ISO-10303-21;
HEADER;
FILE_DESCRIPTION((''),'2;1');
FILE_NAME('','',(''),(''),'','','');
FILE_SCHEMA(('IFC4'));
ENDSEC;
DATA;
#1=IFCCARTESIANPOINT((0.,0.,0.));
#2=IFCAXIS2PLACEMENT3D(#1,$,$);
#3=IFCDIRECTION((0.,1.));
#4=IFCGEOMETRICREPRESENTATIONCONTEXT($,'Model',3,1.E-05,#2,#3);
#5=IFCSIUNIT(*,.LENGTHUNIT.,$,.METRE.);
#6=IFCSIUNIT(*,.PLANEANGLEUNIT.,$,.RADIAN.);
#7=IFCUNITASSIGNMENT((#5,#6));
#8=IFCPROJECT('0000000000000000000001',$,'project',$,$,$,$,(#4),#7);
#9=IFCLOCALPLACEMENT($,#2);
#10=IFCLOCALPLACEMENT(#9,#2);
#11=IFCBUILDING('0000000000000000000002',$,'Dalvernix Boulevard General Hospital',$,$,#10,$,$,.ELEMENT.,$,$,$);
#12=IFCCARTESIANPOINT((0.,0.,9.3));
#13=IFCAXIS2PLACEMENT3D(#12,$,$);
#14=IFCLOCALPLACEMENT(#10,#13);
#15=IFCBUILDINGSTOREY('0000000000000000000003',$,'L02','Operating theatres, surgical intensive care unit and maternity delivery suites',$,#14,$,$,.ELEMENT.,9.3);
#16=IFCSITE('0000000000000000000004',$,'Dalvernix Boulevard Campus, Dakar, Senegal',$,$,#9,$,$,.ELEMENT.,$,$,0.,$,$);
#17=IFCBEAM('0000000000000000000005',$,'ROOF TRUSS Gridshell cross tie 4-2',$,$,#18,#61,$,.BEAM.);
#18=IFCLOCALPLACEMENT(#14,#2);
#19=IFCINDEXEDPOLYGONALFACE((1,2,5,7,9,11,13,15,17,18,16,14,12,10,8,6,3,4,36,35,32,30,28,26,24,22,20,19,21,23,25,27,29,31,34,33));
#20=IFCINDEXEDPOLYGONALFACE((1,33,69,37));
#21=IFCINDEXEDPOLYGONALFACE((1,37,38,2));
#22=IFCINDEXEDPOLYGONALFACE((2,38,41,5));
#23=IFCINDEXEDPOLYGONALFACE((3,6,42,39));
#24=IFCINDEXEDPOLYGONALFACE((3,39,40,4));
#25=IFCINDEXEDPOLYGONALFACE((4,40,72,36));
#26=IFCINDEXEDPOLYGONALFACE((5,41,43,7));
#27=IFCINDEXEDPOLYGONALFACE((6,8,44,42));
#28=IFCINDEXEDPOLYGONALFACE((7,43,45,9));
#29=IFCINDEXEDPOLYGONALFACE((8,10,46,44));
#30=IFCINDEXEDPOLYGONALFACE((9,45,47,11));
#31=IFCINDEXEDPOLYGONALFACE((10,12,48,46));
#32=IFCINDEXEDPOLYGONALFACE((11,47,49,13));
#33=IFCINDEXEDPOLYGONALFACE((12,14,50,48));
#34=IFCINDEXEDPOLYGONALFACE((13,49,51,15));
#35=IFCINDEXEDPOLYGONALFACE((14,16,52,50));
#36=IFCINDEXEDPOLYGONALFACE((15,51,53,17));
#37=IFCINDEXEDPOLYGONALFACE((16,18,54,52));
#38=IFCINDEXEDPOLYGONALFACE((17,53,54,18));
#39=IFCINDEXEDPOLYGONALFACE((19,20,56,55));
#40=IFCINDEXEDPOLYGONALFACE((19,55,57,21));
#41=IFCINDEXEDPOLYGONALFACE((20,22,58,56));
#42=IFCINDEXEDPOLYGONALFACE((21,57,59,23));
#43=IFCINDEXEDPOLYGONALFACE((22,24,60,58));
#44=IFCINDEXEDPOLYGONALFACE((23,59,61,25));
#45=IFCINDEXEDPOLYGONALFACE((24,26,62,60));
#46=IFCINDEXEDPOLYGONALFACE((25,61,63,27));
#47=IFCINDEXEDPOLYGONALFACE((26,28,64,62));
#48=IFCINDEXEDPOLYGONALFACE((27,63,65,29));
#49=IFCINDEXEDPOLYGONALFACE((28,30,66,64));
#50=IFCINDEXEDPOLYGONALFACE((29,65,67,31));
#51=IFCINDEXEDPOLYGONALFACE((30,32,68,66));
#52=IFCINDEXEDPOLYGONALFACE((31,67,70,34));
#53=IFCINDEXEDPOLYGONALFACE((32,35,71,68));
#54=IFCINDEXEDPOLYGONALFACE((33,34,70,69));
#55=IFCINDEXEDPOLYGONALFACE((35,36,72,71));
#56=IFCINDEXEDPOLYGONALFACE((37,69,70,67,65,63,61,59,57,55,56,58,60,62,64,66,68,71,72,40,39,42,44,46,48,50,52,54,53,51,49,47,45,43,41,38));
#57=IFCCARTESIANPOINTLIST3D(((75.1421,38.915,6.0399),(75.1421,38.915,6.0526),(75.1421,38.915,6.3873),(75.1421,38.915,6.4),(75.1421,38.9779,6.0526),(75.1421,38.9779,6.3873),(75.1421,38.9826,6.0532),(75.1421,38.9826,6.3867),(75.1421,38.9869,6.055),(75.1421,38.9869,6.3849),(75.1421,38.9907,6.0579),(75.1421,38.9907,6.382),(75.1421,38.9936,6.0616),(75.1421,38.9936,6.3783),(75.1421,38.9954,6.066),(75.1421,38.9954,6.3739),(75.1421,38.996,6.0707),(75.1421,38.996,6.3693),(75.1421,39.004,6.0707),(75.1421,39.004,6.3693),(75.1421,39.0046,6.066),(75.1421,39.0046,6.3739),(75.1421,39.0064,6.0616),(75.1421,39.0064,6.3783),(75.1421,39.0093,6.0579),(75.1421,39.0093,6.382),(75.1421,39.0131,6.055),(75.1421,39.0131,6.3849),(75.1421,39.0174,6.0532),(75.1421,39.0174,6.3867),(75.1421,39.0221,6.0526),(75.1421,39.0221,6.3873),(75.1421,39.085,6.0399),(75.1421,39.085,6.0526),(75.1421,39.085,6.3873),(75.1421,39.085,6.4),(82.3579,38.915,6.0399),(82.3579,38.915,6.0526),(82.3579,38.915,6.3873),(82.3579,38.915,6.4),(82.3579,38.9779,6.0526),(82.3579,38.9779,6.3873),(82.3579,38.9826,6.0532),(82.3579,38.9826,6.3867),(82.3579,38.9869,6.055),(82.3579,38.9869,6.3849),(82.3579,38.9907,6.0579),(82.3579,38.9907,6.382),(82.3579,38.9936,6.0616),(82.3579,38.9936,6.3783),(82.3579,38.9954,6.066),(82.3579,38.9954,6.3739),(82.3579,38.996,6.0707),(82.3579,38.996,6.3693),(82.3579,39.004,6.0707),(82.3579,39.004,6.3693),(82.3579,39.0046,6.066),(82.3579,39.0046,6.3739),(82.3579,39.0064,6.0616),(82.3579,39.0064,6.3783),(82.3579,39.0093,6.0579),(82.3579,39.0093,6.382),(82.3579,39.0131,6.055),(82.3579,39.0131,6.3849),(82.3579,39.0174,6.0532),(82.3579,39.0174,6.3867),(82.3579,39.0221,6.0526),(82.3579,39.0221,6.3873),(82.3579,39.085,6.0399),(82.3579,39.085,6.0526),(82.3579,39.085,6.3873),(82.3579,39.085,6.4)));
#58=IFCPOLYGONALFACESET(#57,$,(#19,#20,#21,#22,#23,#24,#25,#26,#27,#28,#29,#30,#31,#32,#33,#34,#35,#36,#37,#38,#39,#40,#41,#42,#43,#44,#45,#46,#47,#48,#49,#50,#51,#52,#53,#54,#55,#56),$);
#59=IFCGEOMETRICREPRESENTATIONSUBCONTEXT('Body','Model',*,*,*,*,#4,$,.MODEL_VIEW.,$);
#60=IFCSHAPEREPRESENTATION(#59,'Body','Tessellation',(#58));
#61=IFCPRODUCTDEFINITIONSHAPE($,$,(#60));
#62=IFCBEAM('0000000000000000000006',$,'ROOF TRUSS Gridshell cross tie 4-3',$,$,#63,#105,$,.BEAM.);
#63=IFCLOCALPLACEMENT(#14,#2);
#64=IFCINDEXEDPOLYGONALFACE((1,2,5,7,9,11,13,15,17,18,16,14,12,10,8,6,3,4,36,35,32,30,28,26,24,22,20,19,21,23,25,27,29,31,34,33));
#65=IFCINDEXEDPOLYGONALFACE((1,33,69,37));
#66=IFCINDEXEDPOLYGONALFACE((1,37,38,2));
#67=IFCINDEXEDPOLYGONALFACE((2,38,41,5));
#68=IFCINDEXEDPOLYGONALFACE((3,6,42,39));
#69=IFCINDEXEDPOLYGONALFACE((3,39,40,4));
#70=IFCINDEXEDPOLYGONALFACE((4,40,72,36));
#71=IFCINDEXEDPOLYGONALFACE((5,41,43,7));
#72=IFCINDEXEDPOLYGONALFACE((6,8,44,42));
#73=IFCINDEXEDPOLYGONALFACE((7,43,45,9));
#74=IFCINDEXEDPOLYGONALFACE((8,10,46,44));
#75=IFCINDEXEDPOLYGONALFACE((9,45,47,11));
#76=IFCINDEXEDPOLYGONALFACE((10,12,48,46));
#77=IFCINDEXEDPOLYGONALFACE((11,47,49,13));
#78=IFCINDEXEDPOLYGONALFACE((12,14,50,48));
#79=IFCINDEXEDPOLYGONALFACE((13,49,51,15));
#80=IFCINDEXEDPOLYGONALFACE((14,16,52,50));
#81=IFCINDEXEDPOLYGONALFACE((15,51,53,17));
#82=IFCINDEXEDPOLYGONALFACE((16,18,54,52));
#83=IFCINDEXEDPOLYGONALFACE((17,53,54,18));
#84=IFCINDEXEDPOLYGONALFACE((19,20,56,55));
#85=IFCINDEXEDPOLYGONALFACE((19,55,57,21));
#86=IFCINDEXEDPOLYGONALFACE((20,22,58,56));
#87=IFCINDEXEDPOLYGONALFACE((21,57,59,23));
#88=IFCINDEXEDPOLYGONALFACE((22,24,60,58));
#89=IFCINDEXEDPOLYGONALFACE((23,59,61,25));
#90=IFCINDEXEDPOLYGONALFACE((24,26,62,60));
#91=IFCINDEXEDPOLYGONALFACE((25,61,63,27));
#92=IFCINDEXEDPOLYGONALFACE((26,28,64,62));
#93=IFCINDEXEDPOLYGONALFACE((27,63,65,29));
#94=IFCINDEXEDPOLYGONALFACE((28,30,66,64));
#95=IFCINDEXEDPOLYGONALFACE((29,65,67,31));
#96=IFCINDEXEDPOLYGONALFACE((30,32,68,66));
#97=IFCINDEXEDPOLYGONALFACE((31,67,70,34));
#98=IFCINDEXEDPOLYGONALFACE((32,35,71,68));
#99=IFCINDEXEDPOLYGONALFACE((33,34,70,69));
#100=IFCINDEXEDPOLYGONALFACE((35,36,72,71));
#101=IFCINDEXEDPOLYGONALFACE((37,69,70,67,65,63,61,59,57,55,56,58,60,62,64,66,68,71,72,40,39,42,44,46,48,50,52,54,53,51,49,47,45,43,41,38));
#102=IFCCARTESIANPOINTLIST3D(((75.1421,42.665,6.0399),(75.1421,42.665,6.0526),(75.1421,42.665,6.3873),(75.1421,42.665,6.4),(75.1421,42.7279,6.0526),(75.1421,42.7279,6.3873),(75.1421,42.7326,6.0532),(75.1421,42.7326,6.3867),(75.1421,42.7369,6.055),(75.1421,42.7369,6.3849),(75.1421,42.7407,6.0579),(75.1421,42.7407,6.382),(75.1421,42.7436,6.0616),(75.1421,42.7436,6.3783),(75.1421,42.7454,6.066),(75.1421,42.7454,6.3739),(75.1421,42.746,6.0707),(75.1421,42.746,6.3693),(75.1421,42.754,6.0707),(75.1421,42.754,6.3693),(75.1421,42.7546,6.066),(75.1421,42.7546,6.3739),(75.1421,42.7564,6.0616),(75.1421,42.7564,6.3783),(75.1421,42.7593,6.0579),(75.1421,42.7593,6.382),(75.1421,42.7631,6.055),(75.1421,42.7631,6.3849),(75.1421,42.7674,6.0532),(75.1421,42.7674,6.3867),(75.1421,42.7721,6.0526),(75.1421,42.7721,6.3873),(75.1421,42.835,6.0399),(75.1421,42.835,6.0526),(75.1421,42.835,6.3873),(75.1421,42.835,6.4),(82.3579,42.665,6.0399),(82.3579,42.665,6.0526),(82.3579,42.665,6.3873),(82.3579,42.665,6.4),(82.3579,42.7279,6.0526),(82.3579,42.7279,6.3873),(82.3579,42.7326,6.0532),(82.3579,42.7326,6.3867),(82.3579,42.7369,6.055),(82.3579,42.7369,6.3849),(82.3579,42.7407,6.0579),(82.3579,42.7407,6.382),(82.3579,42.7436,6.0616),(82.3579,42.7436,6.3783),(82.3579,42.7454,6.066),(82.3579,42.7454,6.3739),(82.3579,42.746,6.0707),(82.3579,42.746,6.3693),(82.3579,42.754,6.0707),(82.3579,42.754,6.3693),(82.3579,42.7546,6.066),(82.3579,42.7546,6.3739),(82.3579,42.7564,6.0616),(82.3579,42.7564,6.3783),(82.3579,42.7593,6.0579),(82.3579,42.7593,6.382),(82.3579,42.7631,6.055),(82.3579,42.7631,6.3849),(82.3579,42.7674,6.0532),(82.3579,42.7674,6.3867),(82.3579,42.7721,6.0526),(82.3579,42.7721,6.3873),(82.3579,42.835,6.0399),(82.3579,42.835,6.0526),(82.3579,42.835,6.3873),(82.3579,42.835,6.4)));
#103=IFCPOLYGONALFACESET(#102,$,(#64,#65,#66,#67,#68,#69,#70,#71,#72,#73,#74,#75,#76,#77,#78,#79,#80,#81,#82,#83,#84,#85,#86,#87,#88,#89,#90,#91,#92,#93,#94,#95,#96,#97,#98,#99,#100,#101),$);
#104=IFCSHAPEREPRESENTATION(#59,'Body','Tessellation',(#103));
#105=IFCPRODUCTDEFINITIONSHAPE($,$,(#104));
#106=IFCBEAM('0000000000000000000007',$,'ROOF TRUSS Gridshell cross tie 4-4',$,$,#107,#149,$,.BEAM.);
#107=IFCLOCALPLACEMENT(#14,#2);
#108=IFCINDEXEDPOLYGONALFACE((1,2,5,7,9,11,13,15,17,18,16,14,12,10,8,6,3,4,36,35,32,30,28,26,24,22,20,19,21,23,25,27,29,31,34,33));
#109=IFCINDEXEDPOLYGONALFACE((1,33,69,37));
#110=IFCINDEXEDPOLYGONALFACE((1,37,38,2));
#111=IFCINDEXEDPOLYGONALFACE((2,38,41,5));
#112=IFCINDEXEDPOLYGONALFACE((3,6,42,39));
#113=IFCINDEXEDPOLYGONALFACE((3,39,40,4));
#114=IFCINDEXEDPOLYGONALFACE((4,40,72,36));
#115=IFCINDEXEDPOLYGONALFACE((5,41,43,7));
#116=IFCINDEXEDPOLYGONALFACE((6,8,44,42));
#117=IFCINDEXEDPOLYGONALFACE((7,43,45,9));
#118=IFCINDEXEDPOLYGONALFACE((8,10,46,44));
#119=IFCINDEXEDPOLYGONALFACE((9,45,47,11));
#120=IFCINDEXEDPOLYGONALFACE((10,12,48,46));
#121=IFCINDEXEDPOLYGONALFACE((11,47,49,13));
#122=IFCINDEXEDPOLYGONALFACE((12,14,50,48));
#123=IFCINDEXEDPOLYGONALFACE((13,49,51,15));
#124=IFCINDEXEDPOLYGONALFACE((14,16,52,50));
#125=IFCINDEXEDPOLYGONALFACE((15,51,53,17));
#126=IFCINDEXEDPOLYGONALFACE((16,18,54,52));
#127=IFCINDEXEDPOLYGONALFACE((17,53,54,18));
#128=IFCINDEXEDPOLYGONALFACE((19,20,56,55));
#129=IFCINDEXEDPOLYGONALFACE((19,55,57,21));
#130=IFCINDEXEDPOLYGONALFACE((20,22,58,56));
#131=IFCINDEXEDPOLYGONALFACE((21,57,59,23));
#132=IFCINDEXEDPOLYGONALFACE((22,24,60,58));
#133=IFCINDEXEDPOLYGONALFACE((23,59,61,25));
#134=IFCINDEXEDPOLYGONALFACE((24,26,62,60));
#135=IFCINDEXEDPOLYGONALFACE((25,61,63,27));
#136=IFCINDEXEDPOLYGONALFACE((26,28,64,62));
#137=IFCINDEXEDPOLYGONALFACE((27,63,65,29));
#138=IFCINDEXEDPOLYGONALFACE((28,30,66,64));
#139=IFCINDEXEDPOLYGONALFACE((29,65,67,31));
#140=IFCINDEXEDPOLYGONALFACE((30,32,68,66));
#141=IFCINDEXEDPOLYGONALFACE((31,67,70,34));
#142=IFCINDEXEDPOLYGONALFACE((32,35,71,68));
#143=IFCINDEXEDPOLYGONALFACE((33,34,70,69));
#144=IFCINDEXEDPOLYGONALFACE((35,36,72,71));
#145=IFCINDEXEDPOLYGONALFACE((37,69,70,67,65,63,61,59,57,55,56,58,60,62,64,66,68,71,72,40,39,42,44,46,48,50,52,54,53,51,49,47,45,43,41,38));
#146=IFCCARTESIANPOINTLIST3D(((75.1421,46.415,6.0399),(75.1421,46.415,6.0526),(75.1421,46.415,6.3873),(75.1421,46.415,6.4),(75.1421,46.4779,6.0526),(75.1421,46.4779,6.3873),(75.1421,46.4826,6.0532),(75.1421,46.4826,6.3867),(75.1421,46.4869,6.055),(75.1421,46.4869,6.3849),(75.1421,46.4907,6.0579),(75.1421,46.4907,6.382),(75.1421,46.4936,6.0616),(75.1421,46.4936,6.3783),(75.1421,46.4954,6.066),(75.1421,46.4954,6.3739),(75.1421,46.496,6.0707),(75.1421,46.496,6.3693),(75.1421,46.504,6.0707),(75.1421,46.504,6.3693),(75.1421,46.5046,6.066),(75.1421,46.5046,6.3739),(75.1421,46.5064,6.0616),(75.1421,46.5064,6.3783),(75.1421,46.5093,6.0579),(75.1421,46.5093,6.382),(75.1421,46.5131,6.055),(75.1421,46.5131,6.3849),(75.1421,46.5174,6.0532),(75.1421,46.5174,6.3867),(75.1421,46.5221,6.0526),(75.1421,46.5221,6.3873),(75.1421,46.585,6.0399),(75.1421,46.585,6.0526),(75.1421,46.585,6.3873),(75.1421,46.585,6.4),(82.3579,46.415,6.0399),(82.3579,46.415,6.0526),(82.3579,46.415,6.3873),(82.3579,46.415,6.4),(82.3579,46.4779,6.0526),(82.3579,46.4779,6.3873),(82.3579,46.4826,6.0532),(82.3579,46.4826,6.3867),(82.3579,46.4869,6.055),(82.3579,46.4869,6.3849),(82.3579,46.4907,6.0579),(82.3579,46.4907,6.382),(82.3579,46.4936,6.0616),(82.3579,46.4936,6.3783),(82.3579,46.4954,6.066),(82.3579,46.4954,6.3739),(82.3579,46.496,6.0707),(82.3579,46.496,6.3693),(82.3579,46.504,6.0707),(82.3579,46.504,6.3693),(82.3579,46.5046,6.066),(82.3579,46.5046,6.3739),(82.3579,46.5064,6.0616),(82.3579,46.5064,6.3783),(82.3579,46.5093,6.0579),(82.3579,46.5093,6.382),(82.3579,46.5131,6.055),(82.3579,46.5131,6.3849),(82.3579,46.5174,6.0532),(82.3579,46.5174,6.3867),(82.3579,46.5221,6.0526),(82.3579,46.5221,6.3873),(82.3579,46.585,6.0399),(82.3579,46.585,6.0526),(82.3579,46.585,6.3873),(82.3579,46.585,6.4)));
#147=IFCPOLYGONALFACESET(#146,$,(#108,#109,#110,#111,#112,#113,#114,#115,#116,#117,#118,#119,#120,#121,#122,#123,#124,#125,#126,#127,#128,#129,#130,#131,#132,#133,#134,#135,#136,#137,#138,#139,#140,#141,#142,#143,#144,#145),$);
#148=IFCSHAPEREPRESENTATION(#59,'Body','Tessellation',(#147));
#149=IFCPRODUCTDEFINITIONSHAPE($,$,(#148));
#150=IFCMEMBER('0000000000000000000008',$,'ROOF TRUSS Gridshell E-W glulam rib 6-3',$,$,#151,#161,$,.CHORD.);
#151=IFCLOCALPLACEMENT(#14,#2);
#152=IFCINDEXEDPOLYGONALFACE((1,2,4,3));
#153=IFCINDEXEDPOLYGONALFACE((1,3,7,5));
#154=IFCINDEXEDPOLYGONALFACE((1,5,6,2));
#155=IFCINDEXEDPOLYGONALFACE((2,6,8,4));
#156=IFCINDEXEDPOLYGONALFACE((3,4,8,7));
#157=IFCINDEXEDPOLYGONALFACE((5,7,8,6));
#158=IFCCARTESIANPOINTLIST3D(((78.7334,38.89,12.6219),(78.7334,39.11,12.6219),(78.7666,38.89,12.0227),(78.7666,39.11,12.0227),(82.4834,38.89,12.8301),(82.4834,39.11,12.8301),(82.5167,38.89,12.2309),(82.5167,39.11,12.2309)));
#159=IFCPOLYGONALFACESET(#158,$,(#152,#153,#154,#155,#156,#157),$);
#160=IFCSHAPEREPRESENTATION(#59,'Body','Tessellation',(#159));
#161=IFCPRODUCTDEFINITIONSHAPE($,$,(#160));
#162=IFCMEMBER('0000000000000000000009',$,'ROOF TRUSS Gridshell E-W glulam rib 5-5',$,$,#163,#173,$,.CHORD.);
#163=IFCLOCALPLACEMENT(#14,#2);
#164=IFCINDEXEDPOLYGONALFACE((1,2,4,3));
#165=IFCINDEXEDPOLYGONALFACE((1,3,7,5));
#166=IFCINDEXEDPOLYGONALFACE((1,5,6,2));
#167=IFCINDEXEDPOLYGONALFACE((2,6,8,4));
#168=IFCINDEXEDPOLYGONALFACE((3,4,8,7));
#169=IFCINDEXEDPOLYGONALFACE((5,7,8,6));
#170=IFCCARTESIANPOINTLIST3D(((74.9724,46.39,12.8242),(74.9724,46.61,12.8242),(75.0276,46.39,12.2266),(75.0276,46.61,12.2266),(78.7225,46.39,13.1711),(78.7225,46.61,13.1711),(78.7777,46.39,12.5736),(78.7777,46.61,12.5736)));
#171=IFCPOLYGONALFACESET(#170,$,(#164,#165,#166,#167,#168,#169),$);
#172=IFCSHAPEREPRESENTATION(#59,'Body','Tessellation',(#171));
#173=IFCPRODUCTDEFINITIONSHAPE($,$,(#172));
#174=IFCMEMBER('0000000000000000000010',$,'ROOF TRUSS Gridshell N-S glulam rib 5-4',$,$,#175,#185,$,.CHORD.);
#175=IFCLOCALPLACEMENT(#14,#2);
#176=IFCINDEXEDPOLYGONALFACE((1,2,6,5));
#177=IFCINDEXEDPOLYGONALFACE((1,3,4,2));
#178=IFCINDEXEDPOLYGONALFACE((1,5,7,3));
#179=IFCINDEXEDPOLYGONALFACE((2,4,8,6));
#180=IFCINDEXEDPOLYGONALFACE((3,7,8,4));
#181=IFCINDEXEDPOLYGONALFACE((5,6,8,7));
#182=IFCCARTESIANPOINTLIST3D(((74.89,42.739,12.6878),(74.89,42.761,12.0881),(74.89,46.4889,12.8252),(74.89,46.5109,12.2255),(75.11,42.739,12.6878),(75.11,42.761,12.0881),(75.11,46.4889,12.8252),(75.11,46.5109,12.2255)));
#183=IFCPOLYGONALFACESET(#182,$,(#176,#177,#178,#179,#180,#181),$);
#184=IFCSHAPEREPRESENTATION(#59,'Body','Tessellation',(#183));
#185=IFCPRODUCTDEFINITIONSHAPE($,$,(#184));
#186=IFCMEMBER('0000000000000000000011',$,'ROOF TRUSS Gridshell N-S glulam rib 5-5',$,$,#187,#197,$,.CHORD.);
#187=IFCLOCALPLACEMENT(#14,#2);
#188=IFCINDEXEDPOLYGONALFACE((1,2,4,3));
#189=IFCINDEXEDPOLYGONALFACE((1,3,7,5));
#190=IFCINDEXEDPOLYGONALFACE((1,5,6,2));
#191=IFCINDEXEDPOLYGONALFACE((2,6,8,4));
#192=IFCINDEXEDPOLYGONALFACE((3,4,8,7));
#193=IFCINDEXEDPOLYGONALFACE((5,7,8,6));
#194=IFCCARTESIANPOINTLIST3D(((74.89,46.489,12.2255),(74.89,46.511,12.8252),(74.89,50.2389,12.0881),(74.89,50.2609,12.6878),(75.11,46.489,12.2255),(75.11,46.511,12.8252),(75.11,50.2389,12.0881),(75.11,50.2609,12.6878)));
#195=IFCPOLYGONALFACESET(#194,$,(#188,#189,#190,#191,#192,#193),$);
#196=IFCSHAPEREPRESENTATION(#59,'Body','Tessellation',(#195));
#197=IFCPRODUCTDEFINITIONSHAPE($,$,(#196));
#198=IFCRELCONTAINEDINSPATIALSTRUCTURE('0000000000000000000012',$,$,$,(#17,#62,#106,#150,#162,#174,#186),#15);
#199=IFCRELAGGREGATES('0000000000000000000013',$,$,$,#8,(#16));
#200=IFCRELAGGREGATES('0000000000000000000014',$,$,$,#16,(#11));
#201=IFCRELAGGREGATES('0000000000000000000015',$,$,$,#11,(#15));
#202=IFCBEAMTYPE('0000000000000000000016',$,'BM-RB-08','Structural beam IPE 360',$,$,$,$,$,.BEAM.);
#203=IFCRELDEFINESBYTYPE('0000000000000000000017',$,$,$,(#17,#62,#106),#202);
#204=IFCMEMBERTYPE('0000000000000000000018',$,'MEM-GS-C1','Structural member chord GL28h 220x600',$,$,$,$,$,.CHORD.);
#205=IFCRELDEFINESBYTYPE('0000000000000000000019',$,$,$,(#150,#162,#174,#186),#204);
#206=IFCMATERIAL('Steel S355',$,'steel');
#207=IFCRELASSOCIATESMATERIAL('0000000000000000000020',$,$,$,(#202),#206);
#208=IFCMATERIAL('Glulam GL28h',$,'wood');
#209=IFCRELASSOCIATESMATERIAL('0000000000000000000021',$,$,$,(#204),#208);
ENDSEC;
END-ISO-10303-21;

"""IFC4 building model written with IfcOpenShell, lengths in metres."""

from ifc_helpers import new_model, si_unit, direction, frame, origin, origin_2d, place, context, subcontext, project, spatial, rectangle, i_section, extrude, material, material_profile, profile_set, type_object, element, save


model = new_model("IFC4")

# Units and contexts
model_context = context("Model", 3, precision=1e-05, world=origin(), true_north=direction((0.0, 1.0)))
body_context = subcontext(model_context, "Body", "Model", "MODEL_VIEW")
ifc_project = project(units=[si_unit("LENGTHUNIT", "METRE"), si_unit("PLANEANGLEUNIT", "RADIAN")], contexts=[model_context])

# Site, building, storey
site_placement = place(None, origin())
site = spatial("IfcSite", under=ifc_project, at=site_placement, Name="Dalvernix Boulevard Campus, Dakar, Senegal", CompositionType="ELEMENT", RefElevation=0.0)
building_placement = place(site_placement, origin())
building = spatial("IfcBuilding", under=site, at=building_placement, Name="Dalvernix Boulevard General Hospital", CompositionType="ELEMENT")
storey_placement = place(building_placement, frame((0.0, 0.0, 9.3)))
storey = spatial("IfcBuildingStorey", under=building, at=storey_placement, Name="L02", Description="Operating theatres, surgical intensive care unit and maternity delivery suites", CompositionType="ELEMENT", Elevation=9.3)

# Beams
ifc_material_1 = material(Name="Steel S355", Category="steel")
ifc_material_profile_1 = material_profile(ifc_material_1, i_section(OverallWidth=0.1699, OverallDepth=0.3601, WebThickness=0.0081, FlangeThickness=0.0127, FilletRadius=0.0181, at=origin_2d()), Name="IPE 360")
ifc_profile_set_1 = profile_set([ifc_material_profile_1], Name="Steel S355")
beam_type = type_object("IfcBeamType", Name="BM-RB-08", Description="Structural beam IPE 360", PredefinedType="BEAM", material=ifc_profile_set_1)
for number, where, z_axis, x_axis, name in (
    (1, (75.1421, 39.0, 6.22), (1.0, 0.0, 0.0), (0.0, 1.0, 0.0), "ROOF TRUSS Gridshell cross tie 4-2"),
    (2, (75.1421, 42.75, 6.22), (1.0, 0.0, 0.0), (0.0, 1.0, 0.0), "ROOF TRUSS Gridshell cross tie 4-3"),
    (3, (75.1421, 46.5, 6.22), (1.0, 0.0, 0.0), (0.0, 1.0, 0.0), "ROOF TRUSS Gridshell cross tie 4-4"),
):
    element("IfcBeam", number, at=place(storey_placement, frame(where, z_axis=z_axis, x_axis=x_axis)), inside=storey, type_object=beam_type, Name=name, PredefinedType="BEAM", context=body_context, shape_type="SweptSolid", body=[
        extrude(i_section(OverallWidth=0.1699, OverallDepth=0.3601, WebThickness=0.0081, FlangeThickness=0.0127, FilletRadius=0.0181, at=origin_2d()), origin(), (0.0, 0.0, 1.0), 7.2158),
    ])

# Members
ifc_material_2 = material(Name="Glulam GL28h", Category="wood")
ifc_material_profile_2 = material_profile(ifc_material_2, rectangle(XDim=0.22, YDim=0.6001, at=origin_2d()), Name="GL28h 220x600")
ifc_profile_set_2 = profile_set([ifc_material_profile_2], Name="Glulam GL28h")
member_type_1 = type_object("IfcMemberType", Name="MEM-GS-C1", Description="Structural member chord GL28h 220x600", PredefinedType="CHORD", material=ifc_profile_set_2)
member_1_placement = place(storey_placement, frame((78.75, 39.0, 12.3223), z_axis=(0.998462, 0.0, 0.055448), x_axis=(0.0, 1.0, 0.0)))
element("IfcMember", 4, at=member_1_placement, inside=storey, type_object=member_type_1, Name="ROOF TRUSS Gridshell E-W glulam rib 6-3", PredefinedType="CHORD", context=body_context, shape_type="SweptSolid", body=[
    extrude(rectangle(XDim=0.22, YDim=0.6001, at=origin_2d()), origin(), (0.0, 0.0, 1.0), 3.7559),
])
member_2_placement = place(storey_placement, frame((75.0, 46.5, 12.5254), z_axis=(0.995748, 0.0, 0.09212), x_axis=(0.0, 1.0, 0.0)))
element("IfcMember", 5, at=member_2_placement, inside=storey, type_object=member_type_1, Name="ROOF TRUSS Gridshell E-W glulam rib 5-5", PredefinedType="CHORD", context=body_context, shape_type="SweptSolid", body=[
    extrude(rectangle(XDim=0.22, YDim=0.6001, at=origin_2d()), origin(), (0.0, 0.0, 1.0), 3.7661),
])
for number, where, z_axis, x_axis, name in (
    (6, (75.0, 42.75, 12.3879), (0.0, 0.999329, 0.036629), (-1.0, 0.0, 0.0), "ROOF TRUSS Gridshell N-S glulam rib 5-4"),
    (7, (75.0, 46.5, 12.5254), (0.0, 0.999329, -0.036629), (-1.0, 0.0, 0.0), "ROOF TRUSS Gridshell N-S glulam rib 5-5"),
):
    element("IfcMember", number, at=place(storey_placement, frame(where, z_axis=z_axis, x_axis=x_axis)), inside=storey, type_object=member_type_1, Name=name, PredefinedType="CHORD", context=body_context, shape_type="SweptSolid", body=[
        extrude(rectangle(XDim=0.22, YDim=0.6001, at=origin_2d()), origin(), (0.0, 0.0, 1.0), 3.7524),
    ])

save(model, "model.ifc")
